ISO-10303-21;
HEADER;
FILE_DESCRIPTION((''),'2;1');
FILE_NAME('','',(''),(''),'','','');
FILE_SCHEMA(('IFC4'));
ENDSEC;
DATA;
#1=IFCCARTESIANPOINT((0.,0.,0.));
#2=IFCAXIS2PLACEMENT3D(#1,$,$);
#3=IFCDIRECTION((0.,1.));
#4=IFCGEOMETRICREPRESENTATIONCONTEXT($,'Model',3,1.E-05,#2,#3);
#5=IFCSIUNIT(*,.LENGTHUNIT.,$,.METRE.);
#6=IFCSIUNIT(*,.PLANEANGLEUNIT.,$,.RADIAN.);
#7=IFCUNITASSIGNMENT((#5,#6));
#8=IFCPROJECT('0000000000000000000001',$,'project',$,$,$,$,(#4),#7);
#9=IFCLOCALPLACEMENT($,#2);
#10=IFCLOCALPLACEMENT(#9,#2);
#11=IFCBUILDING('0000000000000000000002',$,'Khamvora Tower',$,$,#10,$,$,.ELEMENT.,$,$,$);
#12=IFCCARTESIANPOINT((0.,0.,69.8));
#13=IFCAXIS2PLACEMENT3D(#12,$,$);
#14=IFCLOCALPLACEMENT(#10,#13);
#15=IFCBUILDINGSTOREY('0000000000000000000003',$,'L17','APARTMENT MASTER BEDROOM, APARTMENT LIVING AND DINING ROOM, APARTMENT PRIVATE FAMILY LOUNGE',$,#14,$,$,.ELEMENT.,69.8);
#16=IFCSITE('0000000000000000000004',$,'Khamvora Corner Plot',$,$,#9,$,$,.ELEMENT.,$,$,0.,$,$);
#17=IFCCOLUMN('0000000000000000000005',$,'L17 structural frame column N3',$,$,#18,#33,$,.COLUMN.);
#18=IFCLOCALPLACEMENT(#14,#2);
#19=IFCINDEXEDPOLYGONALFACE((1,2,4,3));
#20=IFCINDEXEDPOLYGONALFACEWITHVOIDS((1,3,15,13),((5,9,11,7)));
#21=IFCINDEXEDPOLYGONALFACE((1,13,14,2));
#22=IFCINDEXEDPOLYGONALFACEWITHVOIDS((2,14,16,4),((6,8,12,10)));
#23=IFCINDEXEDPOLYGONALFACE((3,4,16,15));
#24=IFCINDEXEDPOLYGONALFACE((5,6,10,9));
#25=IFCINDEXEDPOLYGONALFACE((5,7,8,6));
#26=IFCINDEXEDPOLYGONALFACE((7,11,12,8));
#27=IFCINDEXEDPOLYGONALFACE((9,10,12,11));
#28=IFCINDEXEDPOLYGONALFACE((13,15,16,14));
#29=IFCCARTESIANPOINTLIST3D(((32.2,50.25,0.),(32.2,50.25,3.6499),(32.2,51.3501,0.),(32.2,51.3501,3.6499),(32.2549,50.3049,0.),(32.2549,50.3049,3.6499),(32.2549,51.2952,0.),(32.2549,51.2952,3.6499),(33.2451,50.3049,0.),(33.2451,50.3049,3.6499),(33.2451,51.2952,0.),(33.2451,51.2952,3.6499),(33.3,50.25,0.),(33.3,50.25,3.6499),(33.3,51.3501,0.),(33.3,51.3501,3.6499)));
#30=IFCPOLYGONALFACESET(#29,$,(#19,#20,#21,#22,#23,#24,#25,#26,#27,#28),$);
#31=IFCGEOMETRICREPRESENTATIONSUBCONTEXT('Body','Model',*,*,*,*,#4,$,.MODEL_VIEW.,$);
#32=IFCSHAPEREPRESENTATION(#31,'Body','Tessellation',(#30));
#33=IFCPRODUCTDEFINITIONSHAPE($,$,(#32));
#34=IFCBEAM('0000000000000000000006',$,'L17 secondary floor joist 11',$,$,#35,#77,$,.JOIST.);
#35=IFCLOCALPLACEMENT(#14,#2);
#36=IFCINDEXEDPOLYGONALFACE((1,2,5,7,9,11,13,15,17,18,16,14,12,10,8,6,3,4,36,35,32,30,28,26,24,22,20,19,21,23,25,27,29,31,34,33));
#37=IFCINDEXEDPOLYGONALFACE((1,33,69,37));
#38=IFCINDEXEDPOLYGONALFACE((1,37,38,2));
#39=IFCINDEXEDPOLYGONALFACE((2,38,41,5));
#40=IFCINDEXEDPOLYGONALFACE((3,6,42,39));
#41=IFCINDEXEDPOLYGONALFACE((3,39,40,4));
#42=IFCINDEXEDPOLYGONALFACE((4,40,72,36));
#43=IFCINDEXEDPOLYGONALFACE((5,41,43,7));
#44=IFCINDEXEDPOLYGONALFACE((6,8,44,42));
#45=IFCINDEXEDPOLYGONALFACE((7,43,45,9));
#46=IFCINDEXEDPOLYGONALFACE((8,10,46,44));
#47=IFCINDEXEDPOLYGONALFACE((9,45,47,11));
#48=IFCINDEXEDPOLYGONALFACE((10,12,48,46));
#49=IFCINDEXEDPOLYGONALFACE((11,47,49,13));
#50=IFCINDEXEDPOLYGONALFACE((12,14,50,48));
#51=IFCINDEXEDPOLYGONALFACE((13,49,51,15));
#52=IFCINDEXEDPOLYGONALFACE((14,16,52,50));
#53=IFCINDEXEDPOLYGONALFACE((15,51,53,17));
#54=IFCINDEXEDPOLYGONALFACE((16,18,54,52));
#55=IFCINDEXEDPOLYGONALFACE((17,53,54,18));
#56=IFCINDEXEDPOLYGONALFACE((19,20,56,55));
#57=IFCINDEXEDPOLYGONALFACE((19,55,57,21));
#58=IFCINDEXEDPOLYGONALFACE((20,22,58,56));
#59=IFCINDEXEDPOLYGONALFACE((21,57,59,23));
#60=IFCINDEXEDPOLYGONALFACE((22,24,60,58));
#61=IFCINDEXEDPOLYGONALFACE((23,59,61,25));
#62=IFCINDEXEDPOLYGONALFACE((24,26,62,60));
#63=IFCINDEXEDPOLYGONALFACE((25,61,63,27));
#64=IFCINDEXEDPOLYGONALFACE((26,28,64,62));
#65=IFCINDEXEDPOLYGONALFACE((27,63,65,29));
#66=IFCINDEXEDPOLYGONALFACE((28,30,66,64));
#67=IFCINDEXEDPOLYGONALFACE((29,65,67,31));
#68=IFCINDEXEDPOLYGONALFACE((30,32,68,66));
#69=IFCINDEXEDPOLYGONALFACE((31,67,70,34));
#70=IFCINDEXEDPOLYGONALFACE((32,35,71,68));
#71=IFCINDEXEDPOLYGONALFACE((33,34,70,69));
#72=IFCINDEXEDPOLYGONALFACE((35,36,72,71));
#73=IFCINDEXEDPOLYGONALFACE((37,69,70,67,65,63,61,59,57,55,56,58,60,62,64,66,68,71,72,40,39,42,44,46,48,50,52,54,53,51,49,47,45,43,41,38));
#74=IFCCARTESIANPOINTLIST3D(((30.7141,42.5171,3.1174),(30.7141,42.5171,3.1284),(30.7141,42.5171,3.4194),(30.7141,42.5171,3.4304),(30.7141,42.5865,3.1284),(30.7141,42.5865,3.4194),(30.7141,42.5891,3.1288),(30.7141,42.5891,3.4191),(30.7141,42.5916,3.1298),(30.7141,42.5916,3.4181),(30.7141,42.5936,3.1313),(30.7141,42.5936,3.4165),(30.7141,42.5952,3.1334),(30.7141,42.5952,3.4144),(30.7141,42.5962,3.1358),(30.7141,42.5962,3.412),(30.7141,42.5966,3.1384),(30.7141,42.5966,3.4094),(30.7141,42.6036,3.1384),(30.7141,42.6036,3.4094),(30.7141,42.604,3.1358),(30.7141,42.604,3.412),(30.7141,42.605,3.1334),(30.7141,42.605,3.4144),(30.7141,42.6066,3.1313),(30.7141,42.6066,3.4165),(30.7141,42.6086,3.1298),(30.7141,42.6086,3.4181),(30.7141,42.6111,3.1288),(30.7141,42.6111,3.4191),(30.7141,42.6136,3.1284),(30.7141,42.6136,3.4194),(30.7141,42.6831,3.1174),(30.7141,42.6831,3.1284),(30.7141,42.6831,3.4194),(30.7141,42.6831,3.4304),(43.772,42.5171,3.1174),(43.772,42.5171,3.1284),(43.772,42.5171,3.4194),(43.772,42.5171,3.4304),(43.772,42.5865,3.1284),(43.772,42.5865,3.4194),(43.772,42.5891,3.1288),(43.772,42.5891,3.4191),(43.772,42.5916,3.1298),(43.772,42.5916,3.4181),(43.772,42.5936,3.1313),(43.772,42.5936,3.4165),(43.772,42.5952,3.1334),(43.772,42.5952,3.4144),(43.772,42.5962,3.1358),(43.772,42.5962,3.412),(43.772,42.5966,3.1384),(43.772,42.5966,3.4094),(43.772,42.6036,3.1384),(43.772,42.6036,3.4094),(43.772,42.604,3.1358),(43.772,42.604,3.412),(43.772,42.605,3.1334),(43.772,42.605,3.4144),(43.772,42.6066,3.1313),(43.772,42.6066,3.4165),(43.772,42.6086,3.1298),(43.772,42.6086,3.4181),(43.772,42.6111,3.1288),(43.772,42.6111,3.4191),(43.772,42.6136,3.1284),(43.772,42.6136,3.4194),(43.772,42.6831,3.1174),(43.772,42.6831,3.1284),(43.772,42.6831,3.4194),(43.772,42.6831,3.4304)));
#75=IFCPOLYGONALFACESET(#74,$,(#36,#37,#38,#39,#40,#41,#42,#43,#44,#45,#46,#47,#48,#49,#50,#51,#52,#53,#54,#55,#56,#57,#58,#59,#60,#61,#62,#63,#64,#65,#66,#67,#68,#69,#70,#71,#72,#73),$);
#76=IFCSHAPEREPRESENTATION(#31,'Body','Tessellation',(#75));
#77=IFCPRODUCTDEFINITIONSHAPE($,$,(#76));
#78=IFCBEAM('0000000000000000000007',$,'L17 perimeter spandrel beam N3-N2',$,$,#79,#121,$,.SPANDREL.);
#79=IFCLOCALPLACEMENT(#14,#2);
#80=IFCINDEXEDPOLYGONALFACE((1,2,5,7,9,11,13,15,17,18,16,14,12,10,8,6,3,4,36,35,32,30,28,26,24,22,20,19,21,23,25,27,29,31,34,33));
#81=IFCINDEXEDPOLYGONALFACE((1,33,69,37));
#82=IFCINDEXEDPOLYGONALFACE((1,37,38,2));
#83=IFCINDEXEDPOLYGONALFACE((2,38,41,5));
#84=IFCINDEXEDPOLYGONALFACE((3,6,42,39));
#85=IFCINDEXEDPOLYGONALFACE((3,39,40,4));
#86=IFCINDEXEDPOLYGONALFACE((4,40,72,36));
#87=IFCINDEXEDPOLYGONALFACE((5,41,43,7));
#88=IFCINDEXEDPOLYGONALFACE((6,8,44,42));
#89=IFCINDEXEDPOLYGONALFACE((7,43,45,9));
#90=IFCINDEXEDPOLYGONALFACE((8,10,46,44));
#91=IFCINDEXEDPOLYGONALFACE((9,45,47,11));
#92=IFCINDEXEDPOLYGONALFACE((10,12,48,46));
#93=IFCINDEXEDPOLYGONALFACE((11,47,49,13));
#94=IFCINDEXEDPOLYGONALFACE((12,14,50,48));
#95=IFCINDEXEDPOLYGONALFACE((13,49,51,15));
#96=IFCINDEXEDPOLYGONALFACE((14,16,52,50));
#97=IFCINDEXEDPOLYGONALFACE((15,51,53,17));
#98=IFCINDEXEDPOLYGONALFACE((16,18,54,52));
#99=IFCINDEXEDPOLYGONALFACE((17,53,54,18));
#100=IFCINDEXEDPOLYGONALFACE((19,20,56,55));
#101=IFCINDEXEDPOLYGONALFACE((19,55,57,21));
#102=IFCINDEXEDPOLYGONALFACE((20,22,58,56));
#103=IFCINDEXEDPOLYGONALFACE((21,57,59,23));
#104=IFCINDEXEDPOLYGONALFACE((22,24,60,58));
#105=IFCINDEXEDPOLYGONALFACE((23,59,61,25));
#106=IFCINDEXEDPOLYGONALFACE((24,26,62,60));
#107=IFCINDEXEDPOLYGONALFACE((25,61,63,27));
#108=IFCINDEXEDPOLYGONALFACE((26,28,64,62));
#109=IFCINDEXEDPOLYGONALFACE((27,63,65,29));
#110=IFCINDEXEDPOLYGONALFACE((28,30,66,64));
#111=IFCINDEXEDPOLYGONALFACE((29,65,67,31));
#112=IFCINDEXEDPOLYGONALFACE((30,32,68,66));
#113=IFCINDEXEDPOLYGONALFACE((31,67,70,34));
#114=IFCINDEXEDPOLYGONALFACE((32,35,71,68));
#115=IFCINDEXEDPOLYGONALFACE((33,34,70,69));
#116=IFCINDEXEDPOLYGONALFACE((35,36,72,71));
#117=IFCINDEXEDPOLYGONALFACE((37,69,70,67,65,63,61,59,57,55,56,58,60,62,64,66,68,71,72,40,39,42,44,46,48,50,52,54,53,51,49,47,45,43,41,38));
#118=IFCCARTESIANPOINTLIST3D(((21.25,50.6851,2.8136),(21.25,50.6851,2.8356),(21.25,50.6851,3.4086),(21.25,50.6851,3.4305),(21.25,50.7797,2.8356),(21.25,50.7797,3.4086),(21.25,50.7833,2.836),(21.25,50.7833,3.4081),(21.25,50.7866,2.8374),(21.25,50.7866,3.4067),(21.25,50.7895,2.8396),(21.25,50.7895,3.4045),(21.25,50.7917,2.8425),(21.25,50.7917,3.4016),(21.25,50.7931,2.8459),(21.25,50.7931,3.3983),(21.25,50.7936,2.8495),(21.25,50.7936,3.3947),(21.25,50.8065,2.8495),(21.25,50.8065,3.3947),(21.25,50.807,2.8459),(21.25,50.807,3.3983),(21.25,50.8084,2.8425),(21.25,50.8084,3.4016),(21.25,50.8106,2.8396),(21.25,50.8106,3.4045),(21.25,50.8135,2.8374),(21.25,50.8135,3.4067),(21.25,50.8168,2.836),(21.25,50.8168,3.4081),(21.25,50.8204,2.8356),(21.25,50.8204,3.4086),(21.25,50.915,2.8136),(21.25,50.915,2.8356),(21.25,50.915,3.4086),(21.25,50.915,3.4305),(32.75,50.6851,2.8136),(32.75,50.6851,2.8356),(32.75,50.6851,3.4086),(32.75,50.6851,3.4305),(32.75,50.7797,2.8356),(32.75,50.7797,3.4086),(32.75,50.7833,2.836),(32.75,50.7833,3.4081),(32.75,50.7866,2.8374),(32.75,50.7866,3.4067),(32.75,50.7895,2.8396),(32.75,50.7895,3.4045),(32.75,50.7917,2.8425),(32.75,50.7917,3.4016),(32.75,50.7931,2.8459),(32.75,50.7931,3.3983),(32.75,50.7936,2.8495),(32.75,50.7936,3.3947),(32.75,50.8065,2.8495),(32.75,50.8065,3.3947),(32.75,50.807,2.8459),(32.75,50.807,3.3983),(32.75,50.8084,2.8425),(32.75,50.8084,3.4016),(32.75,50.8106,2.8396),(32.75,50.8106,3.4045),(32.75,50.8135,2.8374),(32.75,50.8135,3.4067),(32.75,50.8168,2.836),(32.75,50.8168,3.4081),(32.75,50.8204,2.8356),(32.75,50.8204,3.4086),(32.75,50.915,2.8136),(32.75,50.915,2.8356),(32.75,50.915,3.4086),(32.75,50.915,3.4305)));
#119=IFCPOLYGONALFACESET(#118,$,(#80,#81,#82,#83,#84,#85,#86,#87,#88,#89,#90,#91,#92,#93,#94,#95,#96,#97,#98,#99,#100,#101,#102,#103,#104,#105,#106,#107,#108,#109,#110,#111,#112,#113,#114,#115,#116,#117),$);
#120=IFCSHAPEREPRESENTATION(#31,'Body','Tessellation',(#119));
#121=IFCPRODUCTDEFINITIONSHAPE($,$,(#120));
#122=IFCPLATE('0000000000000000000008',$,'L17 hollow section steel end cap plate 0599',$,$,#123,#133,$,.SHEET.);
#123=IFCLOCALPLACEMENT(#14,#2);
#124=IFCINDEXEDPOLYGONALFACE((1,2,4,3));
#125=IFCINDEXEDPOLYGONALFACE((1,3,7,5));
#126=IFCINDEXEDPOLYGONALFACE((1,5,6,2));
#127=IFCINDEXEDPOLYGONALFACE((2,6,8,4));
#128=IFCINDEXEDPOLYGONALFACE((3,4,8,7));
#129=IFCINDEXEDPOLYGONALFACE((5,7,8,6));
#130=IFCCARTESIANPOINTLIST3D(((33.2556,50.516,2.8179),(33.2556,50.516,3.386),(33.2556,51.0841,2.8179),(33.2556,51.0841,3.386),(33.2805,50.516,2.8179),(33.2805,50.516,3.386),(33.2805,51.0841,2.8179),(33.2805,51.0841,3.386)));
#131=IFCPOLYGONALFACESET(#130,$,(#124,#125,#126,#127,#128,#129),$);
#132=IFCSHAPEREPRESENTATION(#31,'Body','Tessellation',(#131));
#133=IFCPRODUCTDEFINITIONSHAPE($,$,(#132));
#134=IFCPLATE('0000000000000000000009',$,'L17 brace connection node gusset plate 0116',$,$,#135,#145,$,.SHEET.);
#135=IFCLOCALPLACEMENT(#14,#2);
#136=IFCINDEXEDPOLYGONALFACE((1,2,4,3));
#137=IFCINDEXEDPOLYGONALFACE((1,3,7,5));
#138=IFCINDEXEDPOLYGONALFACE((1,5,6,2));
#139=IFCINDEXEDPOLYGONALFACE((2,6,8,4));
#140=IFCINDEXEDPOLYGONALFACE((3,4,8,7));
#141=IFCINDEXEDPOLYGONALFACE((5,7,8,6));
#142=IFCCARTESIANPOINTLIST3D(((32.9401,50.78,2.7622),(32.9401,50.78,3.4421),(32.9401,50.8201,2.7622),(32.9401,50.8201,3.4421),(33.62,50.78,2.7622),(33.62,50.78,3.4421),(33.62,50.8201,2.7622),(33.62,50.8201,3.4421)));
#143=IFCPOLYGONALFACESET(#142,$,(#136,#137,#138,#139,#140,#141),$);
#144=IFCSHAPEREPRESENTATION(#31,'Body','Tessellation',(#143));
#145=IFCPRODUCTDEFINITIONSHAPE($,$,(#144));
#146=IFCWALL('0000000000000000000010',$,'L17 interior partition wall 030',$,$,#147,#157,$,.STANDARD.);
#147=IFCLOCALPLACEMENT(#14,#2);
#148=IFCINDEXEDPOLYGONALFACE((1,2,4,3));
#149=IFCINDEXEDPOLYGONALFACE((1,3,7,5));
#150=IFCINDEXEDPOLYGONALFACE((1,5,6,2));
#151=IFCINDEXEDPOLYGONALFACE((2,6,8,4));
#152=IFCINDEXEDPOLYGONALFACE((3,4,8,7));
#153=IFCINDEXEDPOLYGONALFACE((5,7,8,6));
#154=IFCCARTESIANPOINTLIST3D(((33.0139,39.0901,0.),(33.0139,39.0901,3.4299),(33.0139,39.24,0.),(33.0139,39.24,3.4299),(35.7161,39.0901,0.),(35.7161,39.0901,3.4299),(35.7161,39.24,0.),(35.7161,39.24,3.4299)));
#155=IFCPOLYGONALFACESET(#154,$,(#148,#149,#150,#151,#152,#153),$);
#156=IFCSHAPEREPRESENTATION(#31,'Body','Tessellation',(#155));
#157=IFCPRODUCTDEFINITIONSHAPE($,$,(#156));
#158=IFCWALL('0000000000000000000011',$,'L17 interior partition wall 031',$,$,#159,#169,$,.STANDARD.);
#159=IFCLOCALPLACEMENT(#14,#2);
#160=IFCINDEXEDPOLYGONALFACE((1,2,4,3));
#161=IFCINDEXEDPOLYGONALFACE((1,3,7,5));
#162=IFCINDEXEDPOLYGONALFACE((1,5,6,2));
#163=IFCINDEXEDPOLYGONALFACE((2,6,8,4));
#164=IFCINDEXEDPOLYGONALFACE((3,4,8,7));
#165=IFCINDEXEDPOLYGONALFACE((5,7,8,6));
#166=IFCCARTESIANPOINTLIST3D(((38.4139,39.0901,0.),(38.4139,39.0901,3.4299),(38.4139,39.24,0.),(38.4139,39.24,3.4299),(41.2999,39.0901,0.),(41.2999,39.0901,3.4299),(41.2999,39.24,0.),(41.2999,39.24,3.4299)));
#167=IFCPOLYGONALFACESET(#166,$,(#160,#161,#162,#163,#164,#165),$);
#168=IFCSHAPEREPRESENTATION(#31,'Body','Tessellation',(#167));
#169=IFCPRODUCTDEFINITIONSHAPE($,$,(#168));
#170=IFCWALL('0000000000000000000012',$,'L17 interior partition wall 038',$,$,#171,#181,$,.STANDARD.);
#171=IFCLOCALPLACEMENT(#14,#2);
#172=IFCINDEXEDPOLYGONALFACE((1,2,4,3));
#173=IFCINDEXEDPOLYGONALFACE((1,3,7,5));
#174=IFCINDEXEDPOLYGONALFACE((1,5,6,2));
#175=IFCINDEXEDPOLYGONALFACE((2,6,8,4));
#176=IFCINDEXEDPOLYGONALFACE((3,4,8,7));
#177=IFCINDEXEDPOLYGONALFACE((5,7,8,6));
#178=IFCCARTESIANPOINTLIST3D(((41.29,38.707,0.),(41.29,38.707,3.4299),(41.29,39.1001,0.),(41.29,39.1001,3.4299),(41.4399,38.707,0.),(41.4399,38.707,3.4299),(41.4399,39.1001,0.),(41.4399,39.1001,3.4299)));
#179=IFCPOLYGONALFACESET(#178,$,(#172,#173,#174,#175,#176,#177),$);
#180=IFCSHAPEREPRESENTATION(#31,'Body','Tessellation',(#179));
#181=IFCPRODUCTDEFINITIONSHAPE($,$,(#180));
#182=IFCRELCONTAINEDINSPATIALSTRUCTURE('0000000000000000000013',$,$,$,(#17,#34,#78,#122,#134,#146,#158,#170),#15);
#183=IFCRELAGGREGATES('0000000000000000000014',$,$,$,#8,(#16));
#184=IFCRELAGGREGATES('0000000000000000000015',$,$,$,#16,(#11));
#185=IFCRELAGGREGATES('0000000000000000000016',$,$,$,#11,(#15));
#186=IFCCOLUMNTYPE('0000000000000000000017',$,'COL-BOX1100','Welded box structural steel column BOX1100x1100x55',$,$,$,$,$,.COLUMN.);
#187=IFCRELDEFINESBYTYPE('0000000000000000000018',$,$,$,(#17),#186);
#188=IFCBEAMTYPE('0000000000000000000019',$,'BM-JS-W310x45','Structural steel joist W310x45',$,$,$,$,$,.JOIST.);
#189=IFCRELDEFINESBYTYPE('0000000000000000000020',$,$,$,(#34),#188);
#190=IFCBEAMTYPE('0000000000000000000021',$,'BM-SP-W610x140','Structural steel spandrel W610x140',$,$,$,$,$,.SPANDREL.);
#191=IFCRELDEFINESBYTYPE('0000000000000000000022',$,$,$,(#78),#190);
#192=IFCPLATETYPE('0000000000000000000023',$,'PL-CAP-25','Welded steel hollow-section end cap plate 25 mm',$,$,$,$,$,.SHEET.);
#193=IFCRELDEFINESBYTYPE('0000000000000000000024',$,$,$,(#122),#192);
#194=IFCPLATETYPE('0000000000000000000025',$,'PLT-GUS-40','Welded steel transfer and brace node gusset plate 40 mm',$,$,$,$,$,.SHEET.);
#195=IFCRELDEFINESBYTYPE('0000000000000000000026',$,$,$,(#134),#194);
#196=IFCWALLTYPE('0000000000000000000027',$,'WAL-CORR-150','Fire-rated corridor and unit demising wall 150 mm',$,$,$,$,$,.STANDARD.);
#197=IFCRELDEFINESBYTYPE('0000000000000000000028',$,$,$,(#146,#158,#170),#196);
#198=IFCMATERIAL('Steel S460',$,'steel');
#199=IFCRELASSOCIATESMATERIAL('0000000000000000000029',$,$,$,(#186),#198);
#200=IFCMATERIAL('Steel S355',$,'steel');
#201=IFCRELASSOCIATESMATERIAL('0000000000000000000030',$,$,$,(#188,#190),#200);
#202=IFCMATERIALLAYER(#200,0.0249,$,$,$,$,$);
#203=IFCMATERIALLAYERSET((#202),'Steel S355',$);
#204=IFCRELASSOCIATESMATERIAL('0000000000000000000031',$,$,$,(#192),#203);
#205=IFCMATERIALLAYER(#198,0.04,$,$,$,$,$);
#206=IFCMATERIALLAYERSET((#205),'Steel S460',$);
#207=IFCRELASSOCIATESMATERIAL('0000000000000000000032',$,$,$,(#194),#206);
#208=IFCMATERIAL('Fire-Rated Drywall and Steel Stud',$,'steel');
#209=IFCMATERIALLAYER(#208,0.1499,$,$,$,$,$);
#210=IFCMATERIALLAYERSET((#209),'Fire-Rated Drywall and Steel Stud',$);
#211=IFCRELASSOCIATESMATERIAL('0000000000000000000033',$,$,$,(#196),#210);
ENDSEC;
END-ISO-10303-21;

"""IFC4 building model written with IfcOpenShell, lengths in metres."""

from ifc_helpers import new_model, si_unit, direction, frame, frame_2d, origin, origin_2d, place, context, subcontext, project, spatial, rectangle, hollow_rectangle, i_section, extrude, material, layer, layer_set, material_profile, profile_set, type_object, element, save


model = new_model("IFC4")

# Units and contexts
model_context = context("Model", 3, precision=1e-05, world=origin(), true_north=direction((0.0, 1.0)))
body_context = subcontext(model_context, "Body", "Model", "MODEL_VIEW")
ifc_project = project(units=[si_unit("LENGTHUNIT", "METRE"), si_unit("PLANEANGLEUNIT", "RADIAN")], contexts=[model_context])

# Site, building, storey
site_placement = place(None, origin())
site = spatial("IfcSite", under=ifc_project, at=site_placement, Name="Khamvora Corner Plot", CompositionType="ELEMENT", RefElevation=0.0)
building_placement = place(site_placement, origin())
building = spatial("IfcBuilding", under=site, at=building_placement, Name="Khamvora Tower", CompositionType="ELEMENT")
storey_placement = place(building_placement, frame((0.0, 0.0, 69.8)))
storey = spatial("IfcBuildingStorey", under=building, at=storey_placement, Name="L17", Description="APARTMENT MASTER BEDROOM, APARTMENT LIVING AND DINING ROOM, APARTMENT PRIVATE FAMILY LOUNGE", CompositionType="ELEMENT", Elevation=69.8)

# Column
ifc_material_1 = material(Name="Steel S460", Category="steel")
ifc_material_profile_1 = material_profile(ifc_material_1, hollow_rectangle(XDim=1.1001, YDim=1.1001, WallThickness=0.0549, at=origin_2d()), Name="BOX1100x1100x55")
ifc_profile_set_1 = profile_set([ifc_material_profile_1], Name="Steel S460")
column_type = type_object("IfcColumnType", Name="COL-BOX1100", Description="Welded box structural steel column BOX1100x1100x55", PredefinedType="COLUMN", material=ifc_profile_set_1)
column_placement = place(storey_placement, frame((32.75, 50.8, 0.0), z_axis=(0.0, 0.0, 1.0), x_axis=(1.0, 0.0, 0.0)))
element("IfcColumn", 1, at=column_placement, inside=storey, type_object=column_type, Name="L17 structural frame column N3", PredefinedType="COLUMN", context=body_context, shape_type="SweptSolid", body=[
    extrude(hollow_rectangle(XDim=1.1001, YDim=1.1001, WallThickness=0.0549, at=origin_2d()), origin(), (0.0, 0.0, 1.0), 3.6499),
])

# Beams
ifc_material_2 = material(Name="Steel S355", Category="steel")
ifc_material_profile_2 = material_profile(ifc_material_2, i_section(OverallWidth=0.166, OverallDepth=0.313, WebThickness=0.0071, FlangeThickness=0.011, FilletRadius=0.01, at=origin_2d()), Name="W310x45")
ifc_profile_set_2 = profile_set([ifc_material_profile_2], Name="Steel S355")
beam_type_1 = type_object("IfcBeamType", Name="BM-JS-W310x45", Description="Structural steel joist W310x45", PredefinedType="JOIST", material=ifc_profile_set_2)
beam_1_placement = place(storey_placement, frame((30.7141, 42.6001, 3.2739), z_axis=(1.0, 0.0, 0.0), x_axis=(0.0, 1.0, 0.0)))
element("IfcBeam", 2, at=beam_1_placement, inside=storey, type_object=beam_type_1, Name="L17 secondary floor joist 11", PredefinedType="JOIST", context=body_context, shape_type="SweptSolid", body=[
    extrude(i_section(OverallWidth=0.166, OverallDepth=0.313, WebThickness=0.0071, FlangeThickness=0.011, FilletRadius=0.01, at=origin_2d()), origin(), (0.0, 0.0, 1.0), 13.0579),
])
ifc_material_profile_3 = material_profile(ifc_material_2, i_section(OverallWidth=0.23, OverallDepth=0.6169, WebThickness=0.0129, FlangeThickness=0.022, FilletRadius=0.0139, at=origin_2d()), Name="W610x140")
ifc_profile_set_3 = profile_set([ifc_material_profile_3], Name="Steel S355")
beam_type_2 = type_object("IfcBeamType", Name="BM-SP-W610x140", Description="Structural steel spandrel W610x140", PredefinedType="SPANDREL", material=ifc_profile_set_3)
beam_2_placement = place(storey_placement, frame((32.75, 50.8, 3.1221), z_axis=(-1.0, 0.0, 0.0), x_axis=(0.0, -1.0, 0.0)))
element("IfcBeam", 3, at=beam_2_placement, inside=storey, type_object=beam_type_2, Name="L17 perimeter spandrel beam N3-N2", PredefinedType="SPANDREL", context=body_context, shape_type="SweptSolid", body=[
    extrude(i_section(OverallWidth=0.23, OverallDepth=0.6169, WebThickness=0.0129, FlangeThickness=0.022, FilletRadius=0.0139, at=origin_2d()), origin(), (0.0, 0.0, 1.0), 11.5),
])

# Plates
ifc_layer_1 = layer(ifc_material_2, 0.0249)
ifc_layer_set_1 = layer_set([ifc_layer_1], Name="Steel S355")
plate_type_1 = type_object("IfcPlateType", Name="PL-CAP-25", Description="Welded steel hollow-section end cap plate 25 mm", PredefinedType="SHEET", material=ifc_layer_set_1)
plate_1_placement = place(storey_placement, frame((33.2681, 50.8, 2.8179), z_axis=(0.0, 0.0, 1.0), x_axis=(-1.0, 0.0, 0.0)))
element("IfcPlate", 4, at=plate_1_placement, inside=storey, type_object=plate_type_1, Name="L17 hollow section steel end cap plate 0599", PredefinedType="SHEET", context=body_context, shape_type="SweptSolid", body=[
    extrude(rectangle(XDim=0.0249, YDim=0.5681, at=origin_2d()), origin(), (0.0, 0.0, 1.0), 0.5681),
])
ifc_layer_2 = layer(ifc_material_1, 0.04)
ifc_layer_set_2 = layer_set([ifc_layer_2], Name="Steel S460")
plate_type_2 = type_object("IfcPlateType", Name="PLT-GUS-40", Description="Welded steel transfer and brace node gusset plate 40 mm", PredefinedType="SHEET", material=ifc_layer_set_2)
plate_2_placement = place(storey_placement, frame((33.28, 50.8, 2.7622), z_axis=(0.0, 0.0, 1.0), x_axis=(1.0, 0.0, 0.0)))
element("IfcPlate", 5, at=plate_2_placement, inside=storey, type_object=plate_type_2, Name="L17 brace connection node gusset plate 0116", PredefinedType="SHEET", context=body_context, shape_type="SweptSolid", body=[
    extrude(rectangle(XDim=0.6799, YDim=0.04, at=origin_2d()), origin(), (0.0, 0.0, 1.0), 0.6799),
])

# Shared definitions
ifc_material_3 = material(Name="Fire-Rated Drywall and Steel Stud", Category="steel")
ifc_layer_3 = layer(ifc_material_3, 0.1499)
ifc_layer_set_3 = layer_set([ifc_layer_3], Name="Fire-Rated Drywall and Steel Stud")
wall_type_1 = type_object("IfcWallType", Name="WAL-CORR-150", Description="Fire-rated corridor and unit demising wall 150 mm", PredefinedType="STANDARD", material=ifc_layer_set_3)

# Walls
wall_1_placement = place(storey_placement, frame((33.0139, 39.165, 0.0), z_axis=(0.0, 0.0, 1.0), x_axis=(1.0, 0.0, 0.0)))
element("IfcWall", 6, at=wall_1_placement, inside=storey, type_object=wall_type_1, Name="L17 interior partition wall 030", PredefinedType="STANDARD", context=body_context, shape_type="SweptSolid", body=[
    extrude(rectangle(XDim=2.7021, YDim=0.1499, at=frame_2d((1.3511, 0.0))), origin(), (0.0, 0.0, 1.0), 3.4299),
])
wall_2_placement = place(storey_placement, frame((38.4141, 39.165, 0.0), z_axis=(0.0, 0.0, 1.0), x_axis=(1.0, 0.0, 0.0)))
element("IfcWall", 7, at=wall_2_placement, inside=storey, type_object=wall_type_1, Name="L17 interior partition wall 031", PredefinedType="STANDARD", context=body_context, shape_type="SweptSolid", body=[
    extrude(rectangle(XDim=2.886, YDim=0.1499, at=frame_2d((1.4429, 0.0))), origin(), (0.0, 0.0, 1.0), 3.4299),
])
wall_3_placement = place(storey_placement, frame((41.365, 39.1001, 0.0), z_axis=(0.0, 0.0, 1.0), x_axis=(0.0, -1.0, 0.0)))
element("IfcWall", 8, at=wall_3_placement, inside=storey, type_object=wall_type_1, Name="L17 interior partition wall 038", PredefinedType="STANDARD", context=body_context, shape_type="SweptSolid", body=[
    extrude(rectangle(XDim=0.3931, YDim=0.1499, at=frame_2d((0.1965, 0.0))), origin(), (0.0, 0.0, 1.0), 3.4299),
])

save(model, "model.ifc")
